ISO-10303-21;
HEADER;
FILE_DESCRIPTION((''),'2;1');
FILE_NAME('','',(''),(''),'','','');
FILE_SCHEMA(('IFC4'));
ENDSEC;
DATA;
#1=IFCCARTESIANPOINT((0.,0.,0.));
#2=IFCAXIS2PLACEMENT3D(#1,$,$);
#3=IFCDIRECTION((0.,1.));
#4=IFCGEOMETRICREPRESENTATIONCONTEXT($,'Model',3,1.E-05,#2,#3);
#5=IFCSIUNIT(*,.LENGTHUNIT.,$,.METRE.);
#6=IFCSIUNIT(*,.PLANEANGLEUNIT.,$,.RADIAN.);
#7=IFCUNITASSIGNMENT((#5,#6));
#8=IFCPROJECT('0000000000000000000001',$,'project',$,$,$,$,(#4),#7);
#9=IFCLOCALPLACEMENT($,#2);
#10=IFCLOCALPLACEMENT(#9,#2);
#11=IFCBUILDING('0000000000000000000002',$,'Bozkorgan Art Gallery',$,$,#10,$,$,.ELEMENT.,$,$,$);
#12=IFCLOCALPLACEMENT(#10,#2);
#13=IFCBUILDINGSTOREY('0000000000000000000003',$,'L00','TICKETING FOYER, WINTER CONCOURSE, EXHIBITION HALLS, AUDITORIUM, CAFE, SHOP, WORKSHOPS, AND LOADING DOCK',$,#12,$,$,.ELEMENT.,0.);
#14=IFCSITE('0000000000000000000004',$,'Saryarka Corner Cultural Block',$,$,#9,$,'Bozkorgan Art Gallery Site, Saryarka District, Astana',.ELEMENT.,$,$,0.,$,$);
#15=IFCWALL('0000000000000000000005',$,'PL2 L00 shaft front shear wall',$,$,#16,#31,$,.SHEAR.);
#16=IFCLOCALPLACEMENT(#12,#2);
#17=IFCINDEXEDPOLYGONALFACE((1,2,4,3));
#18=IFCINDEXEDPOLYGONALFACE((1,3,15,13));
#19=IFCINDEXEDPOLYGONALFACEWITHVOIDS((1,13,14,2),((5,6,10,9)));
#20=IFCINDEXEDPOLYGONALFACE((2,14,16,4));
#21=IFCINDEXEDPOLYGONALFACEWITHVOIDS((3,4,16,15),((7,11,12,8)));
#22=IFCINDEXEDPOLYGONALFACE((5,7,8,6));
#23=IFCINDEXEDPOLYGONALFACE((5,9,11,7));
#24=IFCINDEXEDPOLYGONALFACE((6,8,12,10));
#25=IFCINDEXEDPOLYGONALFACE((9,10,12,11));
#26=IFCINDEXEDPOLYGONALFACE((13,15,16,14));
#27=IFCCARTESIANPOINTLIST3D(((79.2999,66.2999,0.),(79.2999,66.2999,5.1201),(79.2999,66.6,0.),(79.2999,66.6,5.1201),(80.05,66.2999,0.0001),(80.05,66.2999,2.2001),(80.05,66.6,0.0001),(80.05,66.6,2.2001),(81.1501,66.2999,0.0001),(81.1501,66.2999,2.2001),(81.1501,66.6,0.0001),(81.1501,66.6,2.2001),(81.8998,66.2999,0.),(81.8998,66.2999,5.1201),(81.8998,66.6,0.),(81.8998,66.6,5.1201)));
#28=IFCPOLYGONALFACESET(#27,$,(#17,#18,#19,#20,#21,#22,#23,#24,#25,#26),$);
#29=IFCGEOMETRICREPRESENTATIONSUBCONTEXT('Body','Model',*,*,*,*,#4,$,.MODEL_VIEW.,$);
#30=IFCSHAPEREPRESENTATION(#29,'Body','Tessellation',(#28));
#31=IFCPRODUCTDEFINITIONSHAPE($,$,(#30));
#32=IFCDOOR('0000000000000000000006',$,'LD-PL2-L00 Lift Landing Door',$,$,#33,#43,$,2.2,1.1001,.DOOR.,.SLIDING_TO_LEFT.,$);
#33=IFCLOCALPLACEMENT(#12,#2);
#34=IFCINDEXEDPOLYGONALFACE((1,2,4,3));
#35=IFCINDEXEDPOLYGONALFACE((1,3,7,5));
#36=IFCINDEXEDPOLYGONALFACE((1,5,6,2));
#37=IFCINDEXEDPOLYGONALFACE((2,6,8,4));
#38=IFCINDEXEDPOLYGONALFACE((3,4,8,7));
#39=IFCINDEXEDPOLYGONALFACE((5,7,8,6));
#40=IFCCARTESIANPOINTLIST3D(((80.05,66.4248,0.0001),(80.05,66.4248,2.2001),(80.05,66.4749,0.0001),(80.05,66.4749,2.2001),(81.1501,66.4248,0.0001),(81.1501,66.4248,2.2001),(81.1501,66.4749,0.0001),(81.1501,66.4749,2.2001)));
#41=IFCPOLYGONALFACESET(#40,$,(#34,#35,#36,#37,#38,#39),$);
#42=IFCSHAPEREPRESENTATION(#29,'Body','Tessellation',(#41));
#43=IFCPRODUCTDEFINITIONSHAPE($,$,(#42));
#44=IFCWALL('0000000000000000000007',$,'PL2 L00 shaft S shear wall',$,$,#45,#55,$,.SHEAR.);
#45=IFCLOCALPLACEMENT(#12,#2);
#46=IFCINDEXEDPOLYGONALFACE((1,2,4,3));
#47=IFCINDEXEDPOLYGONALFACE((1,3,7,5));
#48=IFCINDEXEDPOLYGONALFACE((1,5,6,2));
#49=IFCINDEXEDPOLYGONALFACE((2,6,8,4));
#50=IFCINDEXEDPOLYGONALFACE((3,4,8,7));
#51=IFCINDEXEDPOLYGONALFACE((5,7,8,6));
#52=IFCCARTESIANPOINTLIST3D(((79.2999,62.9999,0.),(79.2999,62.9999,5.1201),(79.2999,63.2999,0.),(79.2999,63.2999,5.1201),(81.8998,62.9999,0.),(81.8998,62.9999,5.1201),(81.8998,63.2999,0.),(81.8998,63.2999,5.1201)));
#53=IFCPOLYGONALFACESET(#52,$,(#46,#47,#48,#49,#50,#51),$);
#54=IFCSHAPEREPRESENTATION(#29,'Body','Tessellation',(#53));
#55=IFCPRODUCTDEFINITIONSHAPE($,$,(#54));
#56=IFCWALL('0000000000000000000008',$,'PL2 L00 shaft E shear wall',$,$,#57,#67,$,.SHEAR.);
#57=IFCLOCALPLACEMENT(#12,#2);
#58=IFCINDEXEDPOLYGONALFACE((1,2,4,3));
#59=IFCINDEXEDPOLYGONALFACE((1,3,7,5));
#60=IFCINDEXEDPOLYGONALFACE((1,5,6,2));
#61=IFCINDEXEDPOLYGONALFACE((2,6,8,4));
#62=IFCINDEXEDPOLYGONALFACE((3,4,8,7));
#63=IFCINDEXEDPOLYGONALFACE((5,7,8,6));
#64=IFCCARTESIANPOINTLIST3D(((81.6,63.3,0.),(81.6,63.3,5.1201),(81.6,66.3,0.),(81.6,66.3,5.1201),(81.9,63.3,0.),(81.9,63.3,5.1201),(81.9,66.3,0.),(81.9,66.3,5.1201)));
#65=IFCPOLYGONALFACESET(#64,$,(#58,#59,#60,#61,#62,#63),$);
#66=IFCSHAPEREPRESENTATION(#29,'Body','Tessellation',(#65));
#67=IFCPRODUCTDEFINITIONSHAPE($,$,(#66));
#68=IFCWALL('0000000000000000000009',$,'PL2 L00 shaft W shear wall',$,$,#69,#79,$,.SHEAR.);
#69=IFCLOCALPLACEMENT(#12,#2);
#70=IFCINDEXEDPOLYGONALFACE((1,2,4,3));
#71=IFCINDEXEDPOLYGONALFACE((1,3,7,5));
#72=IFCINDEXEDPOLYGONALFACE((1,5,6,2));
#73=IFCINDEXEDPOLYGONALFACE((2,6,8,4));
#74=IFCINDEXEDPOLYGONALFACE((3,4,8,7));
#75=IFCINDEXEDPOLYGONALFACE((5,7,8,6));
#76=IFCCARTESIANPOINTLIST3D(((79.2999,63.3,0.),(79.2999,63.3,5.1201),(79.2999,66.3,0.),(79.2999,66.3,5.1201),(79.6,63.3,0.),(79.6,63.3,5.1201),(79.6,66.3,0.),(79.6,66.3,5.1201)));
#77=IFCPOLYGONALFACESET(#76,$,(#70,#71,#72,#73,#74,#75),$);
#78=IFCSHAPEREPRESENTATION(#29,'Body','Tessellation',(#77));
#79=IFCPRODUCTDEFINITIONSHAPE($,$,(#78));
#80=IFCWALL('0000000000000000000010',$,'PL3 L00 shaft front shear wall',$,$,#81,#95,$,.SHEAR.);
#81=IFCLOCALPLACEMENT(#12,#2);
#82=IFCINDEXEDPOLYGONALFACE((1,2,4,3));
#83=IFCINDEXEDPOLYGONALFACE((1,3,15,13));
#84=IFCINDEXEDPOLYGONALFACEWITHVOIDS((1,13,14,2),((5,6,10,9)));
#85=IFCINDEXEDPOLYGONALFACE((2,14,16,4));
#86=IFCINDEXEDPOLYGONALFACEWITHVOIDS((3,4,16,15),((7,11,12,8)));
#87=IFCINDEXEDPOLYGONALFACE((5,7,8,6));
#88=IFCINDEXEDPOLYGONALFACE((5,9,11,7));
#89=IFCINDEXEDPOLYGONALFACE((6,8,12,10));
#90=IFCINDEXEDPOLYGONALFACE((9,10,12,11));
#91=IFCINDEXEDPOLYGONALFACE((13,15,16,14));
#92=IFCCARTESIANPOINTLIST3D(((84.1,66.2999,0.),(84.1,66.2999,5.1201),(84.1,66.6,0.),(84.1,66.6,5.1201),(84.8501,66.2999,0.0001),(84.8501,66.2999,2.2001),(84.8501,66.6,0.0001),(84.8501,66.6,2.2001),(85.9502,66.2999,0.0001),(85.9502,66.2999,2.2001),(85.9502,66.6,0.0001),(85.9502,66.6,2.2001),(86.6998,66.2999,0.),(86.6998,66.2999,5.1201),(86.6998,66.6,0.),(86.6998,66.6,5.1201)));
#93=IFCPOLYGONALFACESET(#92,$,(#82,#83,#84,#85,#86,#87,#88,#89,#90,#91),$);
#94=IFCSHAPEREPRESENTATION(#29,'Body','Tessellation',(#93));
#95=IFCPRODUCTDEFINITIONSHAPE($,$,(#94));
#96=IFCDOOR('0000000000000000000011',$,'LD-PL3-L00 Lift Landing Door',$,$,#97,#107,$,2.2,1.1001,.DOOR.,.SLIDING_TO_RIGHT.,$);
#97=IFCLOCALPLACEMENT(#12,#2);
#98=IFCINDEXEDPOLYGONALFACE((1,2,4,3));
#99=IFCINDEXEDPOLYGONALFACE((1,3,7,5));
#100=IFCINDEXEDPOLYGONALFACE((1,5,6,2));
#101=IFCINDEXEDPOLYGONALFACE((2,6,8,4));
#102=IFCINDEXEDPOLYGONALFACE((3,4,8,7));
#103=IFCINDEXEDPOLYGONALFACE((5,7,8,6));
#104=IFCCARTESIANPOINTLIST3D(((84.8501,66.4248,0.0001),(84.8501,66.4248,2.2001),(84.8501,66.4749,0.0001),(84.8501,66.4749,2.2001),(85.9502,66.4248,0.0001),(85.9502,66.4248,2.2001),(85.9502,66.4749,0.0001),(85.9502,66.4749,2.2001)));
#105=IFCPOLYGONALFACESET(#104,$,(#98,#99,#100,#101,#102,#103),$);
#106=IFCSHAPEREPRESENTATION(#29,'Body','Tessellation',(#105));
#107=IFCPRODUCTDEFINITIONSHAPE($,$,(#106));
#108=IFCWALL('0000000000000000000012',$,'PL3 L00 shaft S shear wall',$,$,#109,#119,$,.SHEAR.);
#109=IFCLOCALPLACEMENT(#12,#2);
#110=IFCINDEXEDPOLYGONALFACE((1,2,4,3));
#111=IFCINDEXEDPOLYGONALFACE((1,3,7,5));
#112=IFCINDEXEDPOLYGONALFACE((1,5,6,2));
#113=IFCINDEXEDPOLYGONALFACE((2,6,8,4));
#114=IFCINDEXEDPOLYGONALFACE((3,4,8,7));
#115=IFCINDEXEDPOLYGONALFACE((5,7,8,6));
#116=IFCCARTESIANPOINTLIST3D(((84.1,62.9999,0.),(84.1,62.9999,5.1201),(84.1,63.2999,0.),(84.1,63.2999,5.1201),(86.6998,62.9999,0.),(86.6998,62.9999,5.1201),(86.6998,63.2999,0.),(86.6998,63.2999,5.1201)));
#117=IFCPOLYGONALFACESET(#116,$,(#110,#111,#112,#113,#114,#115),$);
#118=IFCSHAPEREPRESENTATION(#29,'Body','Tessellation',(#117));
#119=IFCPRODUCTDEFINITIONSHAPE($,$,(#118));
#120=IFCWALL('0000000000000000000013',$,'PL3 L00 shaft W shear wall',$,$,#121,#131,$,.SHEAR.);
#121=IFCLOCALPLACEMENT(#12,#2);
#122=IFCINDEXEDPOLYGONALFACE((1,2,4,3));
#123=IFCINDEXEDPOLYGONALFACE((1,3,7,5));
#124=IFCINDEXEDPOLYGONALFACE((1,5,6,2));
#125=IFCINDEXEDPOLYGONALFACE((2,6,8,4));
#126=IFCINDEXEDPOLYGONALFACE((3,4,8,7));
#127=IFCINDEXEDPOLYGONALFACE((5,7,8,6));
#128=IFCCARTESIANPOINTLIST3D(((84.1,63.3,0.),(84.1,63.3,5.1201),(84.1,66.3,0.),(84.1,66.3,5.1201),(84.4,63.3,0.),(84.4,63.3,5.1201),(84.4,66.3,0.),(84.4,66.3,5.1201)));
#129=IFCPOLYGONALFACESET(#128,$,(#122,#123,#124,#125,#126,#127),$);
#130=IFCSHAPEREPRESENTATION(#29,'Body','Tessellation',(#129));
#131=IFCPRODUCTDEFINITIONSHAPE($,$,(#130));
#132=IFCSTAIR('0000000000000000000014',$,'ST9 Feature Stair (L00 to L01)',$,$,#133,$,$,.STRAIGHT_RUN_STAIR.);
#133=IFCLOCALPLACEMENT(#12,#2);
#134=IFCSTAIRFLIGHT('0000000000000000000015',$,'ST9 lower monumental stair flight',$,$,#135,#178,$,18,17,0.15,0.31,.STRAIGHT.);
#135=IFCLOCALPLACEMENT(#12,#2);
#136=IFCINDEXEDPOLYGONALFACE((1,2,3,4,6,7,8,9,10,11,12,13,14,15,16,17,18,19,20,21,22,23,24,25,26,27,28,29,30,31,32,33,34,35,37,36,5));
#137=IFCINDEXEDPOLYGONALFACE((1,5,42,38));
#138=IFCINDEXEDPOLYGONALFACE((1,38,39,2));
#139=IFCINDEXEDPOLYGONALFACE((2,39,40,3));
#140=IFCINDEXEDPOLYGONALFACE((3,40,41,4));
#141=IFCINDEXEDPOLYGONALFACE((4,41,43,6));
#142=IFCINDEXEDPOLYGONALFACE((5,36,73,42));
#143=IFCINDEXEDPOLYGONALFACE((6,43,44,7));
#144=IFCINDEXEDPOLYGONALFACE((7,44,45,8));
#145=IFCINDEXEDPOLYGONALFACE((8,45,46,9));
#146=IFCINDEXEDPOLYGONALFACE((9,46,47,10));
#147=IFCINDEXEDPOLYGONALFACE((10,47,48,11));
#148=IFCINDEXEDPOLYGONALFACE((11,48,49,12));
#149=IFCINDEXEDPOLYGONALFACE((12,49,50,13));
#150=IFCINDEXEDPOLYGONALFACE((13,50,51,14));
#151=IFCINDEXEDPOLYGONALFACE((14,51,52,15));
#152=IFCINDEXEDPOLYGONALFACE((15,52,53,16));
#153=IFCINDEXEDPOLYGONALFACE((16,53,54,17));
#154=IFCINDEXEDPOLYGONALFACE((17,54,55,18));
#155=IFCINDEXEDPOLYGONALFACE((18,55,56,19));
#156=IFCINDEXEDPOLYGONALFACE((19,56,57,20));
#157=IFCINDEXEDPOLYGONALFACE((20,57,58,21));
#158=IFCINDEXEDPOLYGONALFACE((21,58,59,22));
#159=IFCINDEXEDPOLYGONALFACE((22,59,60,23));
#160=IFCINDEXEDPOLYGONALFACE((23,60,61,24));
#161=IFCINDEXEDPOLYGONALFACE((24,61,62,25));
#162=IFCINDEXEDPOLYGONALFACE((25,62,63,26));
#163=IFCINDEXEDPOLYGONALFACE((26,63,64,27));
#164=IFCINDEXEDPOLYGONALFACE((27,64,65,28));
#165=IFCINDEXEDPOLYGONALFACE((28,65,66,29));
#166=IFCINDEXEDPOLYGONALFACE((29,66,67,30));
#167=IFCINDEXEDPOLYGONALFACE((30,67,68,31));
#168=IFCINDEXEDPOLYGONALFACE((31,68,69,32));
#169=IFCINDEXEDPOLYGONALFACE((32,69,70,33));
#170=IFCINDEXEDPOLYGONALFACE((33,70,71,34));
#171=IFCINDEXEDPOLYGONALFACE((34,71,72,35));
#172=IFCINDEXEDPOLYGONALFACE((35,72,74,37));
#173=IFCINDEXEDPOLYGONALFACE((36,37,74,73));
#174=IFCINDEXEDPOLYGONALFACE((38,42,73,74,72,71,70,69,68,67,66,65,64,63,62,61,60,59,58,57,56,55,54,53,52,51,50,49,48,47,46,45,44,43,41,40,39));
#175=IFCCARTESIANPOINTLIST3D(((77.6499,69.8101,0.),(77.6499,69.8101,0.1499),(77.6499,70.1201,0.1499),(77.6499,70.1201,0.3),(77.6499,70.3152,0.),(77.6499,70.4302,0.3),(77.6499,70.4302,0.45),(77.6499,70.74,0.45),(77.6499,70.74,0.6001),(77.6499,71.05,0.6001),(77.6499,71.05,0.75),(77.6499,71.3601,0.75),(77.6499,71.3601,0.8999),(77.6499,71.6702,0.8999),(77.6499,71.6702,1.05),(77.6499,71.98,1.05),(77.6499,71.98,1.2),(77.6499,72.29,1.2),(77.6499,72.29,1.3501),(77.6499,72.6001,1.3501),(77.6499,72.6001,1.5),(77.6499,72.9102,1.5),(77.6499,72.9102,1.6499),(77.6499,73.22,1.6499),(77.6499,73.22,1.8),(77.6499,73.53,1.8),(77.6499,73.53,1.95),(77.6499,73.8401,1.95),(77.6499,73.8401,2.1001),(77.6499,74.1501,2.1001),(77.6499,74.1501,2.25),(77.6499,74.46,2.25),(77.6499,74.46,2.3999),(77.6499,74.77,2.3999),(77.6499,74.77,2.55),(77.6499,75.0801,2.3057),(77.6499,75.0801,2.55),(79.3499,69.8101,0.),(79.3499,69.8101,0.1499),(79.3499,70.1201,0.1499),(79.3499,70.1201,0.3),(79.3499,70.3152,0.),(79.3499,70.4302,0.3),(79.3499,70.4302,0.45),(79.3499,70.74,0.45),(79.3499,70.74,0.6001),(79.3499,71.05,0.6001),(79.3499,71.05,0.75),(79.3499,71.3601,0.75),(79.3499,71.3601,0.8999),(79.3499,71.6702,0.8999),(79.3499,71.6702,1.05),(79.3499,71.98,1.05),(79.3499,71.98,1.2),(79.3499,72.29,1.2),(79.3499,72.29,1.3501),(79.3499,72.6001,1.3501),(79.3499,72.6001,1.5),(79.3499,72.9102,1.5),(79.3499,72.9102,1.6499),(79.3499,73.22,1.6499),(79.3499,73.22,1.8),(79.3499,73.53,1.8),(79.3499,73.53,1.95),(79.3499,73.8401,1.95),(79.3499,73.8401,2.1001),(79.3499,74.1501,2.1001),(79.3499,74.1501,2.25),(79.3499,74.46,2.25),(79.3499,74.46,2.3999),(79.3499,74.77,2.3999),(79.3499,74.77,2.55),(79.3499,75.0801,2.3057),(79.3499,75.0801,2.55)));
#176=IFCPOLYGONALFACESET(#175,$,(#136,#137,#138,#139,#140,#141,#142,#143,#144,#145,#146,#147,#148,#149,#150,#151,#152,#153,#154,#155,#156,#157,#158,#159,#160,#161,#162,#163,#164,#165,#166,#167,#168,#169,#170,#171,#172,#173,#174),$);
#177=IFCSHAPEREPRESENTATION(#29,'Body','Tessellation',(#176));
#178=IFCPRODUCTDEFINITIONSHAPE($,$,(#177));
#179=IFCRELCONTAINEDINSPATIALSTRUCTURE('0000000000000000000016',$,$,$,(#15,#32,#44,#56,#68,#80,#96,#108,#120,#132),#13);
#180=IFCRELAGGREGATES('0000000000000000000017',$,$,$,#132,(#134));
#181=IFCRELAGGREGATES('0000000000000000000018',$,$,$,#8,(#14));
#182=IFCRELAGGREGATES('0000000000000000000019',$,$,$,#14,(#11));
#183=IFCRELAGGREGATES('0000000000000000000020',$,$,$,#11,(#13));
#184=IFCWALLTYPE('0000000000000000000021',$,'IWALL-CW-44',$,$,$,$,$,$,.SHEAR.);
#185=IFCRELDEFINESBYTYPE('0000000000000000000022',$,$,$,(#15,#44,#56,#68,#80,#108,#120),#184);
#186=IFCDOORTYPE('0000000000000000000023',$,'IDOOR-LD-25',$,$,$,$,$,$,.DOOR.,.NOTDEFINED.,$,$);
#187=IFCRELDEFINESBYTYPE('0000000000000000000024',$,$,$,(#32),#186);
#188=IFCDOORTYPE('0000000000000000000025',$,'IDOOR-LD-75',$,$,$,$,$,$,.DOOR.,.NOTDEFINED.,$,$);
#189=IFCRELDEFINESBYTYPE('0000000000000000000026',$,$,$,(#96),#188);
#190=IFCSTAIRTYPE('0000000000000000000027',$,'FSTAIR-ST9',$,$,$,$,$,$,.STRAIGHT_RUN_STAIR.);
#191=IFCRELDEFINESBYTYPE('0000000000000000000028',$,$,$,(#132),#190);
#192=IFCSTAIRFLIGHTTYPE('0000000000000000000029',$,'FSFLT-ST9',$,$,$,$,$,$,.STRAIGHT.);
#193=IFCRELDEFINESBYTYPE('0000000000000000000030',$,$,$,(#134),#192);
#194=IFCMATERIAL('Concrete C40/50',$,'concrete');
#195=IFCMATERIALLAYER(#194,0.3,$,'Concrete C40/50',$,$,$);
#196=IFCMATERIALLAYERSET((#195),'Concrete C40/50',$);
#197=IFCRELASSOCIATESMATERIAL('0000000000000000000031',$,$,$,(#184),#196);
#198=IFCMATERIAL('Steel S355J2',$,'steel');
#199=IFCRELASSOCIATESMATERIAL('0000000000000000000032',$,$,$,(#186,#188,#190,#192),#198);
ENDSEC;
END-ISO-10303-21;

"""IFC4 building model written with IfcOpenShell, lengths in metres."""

from ifc_helpers import new_model, si_unit, direction, frame, frame_2d, origin, place, context, subcontext, project, spatial, polyline, rectangle, outline, extrude, material, layer, layer_set, type_object, element, fill, aggregate, save


model = new_model("IFC4")

# Units and contexts
model_context = context("Model", 3, precision=1e-05, world=origin(), true_north=direction((0.0, 1.0)))
body_context = subcontext(model_context, "Body", "Model", "MODEL_VIEW")
ifc_project = project(units=[si_unit("LENGTHUNIT", "METRE"), si_unit("PLANEANGLEUNIT", "RADIAN")], contexts=[model_context])

# Site, building, storey
site_placement = place(None, origin())
site = spatial("IfcSite", under=ifc_project, at=site_placement, Name="Saryarka Corner Cultural Block", LongName="Bozkorgan Art Gallery Site, Saryarka District, Astana", CompositionType="ELEMENT", RefElevation=0.0)
building_placement = place(site_placement, origin())
building = spatial("IfcBuilding", under=site, at=building_placement, Name="Bozkorgan Art Gallery", CompositionType="ELEMENT")
storey_placement = place(building_placement, origin())
storey = spatial("IfcBuildingStorey", under=building, at=storey_placement, Name="L00", Description="TICKETING FOYER, WINTER CONCOURSE, EXHIBITION HALLS, AUDITORIUM, CAFE, SHOP, WORKSHOPS, AND LOADING DOCK", CompositionType="ELEMENT", Elevation=0.0)

# Shared definitions
ifc_material_1 = material(Name="Steel S355J2", Category="steel")
ifc_material_2 = material(Name="Concrete C40/50", Category="concrete")

# Wall, opening, door
ifc_layer = layer(ifc_material_2, 0.3, Name="Concrete C40/50")
ifc_layer_set = layer_set([ifc_layer], Name="Concrete C40/50")
wall_type = type_object("IfcWallType", Name="IWALL-CW-44", PredefinedType="SHEAR", material=ifc_layer_set)
wall_1_placement = place(storey_placement, frame((79.3, 66.45, 0.0), z_axis=(0.0, 0.0, 1.0), x_axis=(1.0, 0.0, 0.0)))
wall_1 = element("IfcWall", 1, at=wall_1_placement, inside=storey, type_object=wall_type, Name="PL2 L00 shaft front shear wall", PredefinedType="SHEAR", context=body_context, shape_type="SweptSolid", body=[
    extrude(rectangle(XDim=2.5999, YDim=0.3, at=frame_2d((1.2998, 0.0))), origin(), (0.0, 0.0, 1.0), 5.1201),
])
opening_1_placement = place(wall_1_placement, frame((0.75, 0.0, 0.0)))
opening_1 = element("IfcOpeningElement", 2, at=opening_1_placement, cuts=wall_1, PredefinedType="OPENING", context=body_context, shape_type="SweptSolid", body=[
    extrude(rectangle(XDim=1.1001, YDim=2.2, at=frame_2d((0.55, 1.1001))), frame((0.0, 0.1602, 0.0), z_axis=(0.0, -1.0, 0.0), x_axis=(1.0, 0.0, 0.0)), (0.0, 0.0, 1.0), 0.3201),
])
door_type_1 = type_object("IfcDoorType", Name="IDOOR-LD-25", OperationType="NOTDEFINED", PredefinedType="DOOR", material=ifc_material_1)
door_1_placement = place(opening_1_placement, origin())
door_1 = element("IfcDoor", 3, at=door_1_placement, inside=storey, type_object=door_type_1, Name="LD-PL2-L00 Lift Landing Door", OperationType="SLIDING_TO_LEFT", OverallHeight=2.2, OverallWidth=1.1001, PredefinedType="DOOR", context=body_context, shape_type="SweptSolid", body=[
    extrude(rectangle(XDim=1.1001, YDim=2.2, at=frame_2d((0.55, 1.1001))), frame((0.0, 0.0249, 0.0), z_axis=(0.0, -1.0, 0.0), x_axis=(1.0, 0.0, 0.0)), (0.0, 0.0, 1.0), 0.05),
])
fill(opening_1, door_1)

# Walls
wall_2_placement = place(storey_placement, frame((79.3, 63.1499, 0.0), z_axis=(0.0, 0.0, 1.0), x_axis=(1.0, 0.0, 0.0)))
element("IfcWall", 4, at=wall_2_placement, inside=storey, type_object=wall_type, Name="PL2 L00 shaft S shear wall", PredefinedType="SHEAR", context=body_context, shape_type="SweptSolid", body=[
    extrude(rectangle(XDim=2.5999, YDim=0.3, at=frame_2d((1.2998, 0.0))), origin(), (0.0, 0.0, 1.0), 5.1201),
])
for number, where, z_axis, x_axis, name in (
    (5, (81.75, 63.3, 0.0), (0.0, 0.0, 1.0), (0.0, 1.0, 0.0), "PL2 L00 shaft E shear wall"),
    (6, (79.45, 63.3, 0.0), (0.0, 0.0, 1.0), (0.0, 1.0, 0.0), "PL2 L00 shaft W shear wall"),
):
    element("IfcWall", number, at=place(storey_placement, frame(where, z_axis=z_axis, x_axis=x_axis)), inside=storey, type_object=wall_type, Name=name, PredefinedType="SHEAR", context=body_context, shape_type="SweptSolid", body=[
        extrude(rectangle(XDim=3.0, YDim=0.3, at=frame_2d((1.5, 0.0))), origin(), (0.0, 0.0, 1.0), 5.1201),
    ])

# Wall, opening, door
wall_3_placement = place(storey_placement, frame((84.1001, 66.45, 0.0), z_axis=(0.0, 0.0, 1.0), x_axis=(1.0, 0.0, 0.0)))
wall_3 = element("IfcWall", 7, at=wall_3_placement, inside=storey, type_object=wall_type, Name="PL3 L00 shaft front shear wall", PredefinedType="SHEAR", context=body_context, shape_type="SweptSolid", body=[
    extrude(rectangle(XDim=2.5999, YDim=0.3, at=frame_2d((1.2998, 0.0))), origin(), (0.0, 0.0, 1.0), 5.1201),
])
opening_2_placement = place(wall_3_placement, frame((0.75, 0.0, 0.0)))
opening_2 = element("IfcOpeningElement", 8, at=opening_2_placement, cuts=wall_3, PredefinedType="OPENING", context=body_context, shape_type="SweptSolid", body=[
    extrude(rectangle(XDim=1.1001, YDim=2.2, at=frame_2d((0.55, 1.1001))), frame((0.0, 0.1602, 0.0), z_axis=(0.0, -1.0, 0.0), x_axis=(1.0, 0.0, 0.0)), (0.0, 0.0, 1.0), 0.3201),
])
door_type_2 = type_object("IfcDoorType", Name="IDOOR-LD-75", OperationType="NOTDEFINED", PredefinedType="DOOR", material=ifc_material_1)
door_2_placement = place(opening_2_placement, origin())
door_2 = element("IfcDoor", 9, at=door_2_placement, inside=storey, type_object=door_type_2, Name="LD-PL3-L00 Lift Landing Door", OperationType="SLIDING_TO_RIGHT", OverallHeight=2.2, OverallWidth=1.1001, PredefinedType="DOOR", context=body_context, shape_type="SweptSolid", body=[
    extrude(rectangle(XDim=1.1001, YDim=2.2, at=frame_2d((0.55, 1.1001))), frame((0.0, 0.0249, 0.0), z_axis=(0.0, -1.0, 0.0), x_axis=(1.0, 0.0, 0.0)), (0.0, 0.0, 1.0), 0.05),
])
fill(opening_2, door_2)

# Walls
wall_4_placement = place(storey_placement, frame((84.1001, 63.1499, 0.0), z_axis=(0.0, 0.0, 1.0), x_axis=(1.0, 0.0, 0.0)))
element("IfcWall", 10, at=wall_4_placement, inside=storey, type_object=wall_type, Name="PL3 L00 shaft S shear wall", PredefinedType="SHEAR", context=body_context, shape_type="SweptSolid", body=[
    extrude(rectangle(XDim=2.5999, YDim=0.3, at=frame_2d((1.2998, 0.0))), origin(), (0.0, 0.0, 1.0), 5.1201),
])
wall_5_placement = place(storey_placement, frame((84.25, 63.3, 0.0), z_axis=(0.0, 0.0, 1.0), x_axis=(0.0, 1.0, 0.0)))
element("IfcWall", 11, at=wall_5_placement, inside=storey, type_object=wall_type, Name="PL3 L00 shaft W shear wall", PredefinedType="SHEAR", context=body_context, shape_type="SweptSolid", body=[
    extrude(rectangle(XDim=3.0, YDim=0.3, at=frame_2d((1.5, 0.0))), origin(), (0.0, 0.0, 1.0), 5.1201),
])

# Stair, stair flight
stair_type_1 = type_object("IfcStairType", Name="FSTAIR-ST9", PredefinedType="STRAIGHT_RUN_STAIR", material=ifc_material_1)
stair_1_placement = place(storey_placement, origin())
stair_1 = element("IfcStair", 12, at=stair_1_placement, inside=storey, type_object=stair_type_1, Name="ST9 Feature Stair (L00 to L01)", PredefinedType="STRAIGHT_RUN_STAIR")
stair_flight_type_1 = type_object("IfcStairFlightType", Name="FSFLT-ST9", PredefinedType="STRAIGHT", material=ifc_material_1)
stair_flight_1_placement = place(storey_placement, frame((78.5, 69.8101, 0.0), z_axis=(0.0, 0.0, 1.0), x_axis=(0.0, 1.0, 0.0)))
stair_flight_1 = element("IfcStairFlight", 13, at=stair_flight_1_placement, type_object=stair_flight_type_1, Name="ST9 lower monumental stair flight", NumberOfRisers=18, NumberOfTreads=17, PredefinedType="STRAIGHT", RiserHeight=0.15, TreadLength=0.31, context=body_context, shape_type="SweptSolid", body=[
    extrude(outline(polyline([(0.0, 0.0), (0.0, 0.1499), (0.3101, 0.1499), (0.3101, 0.3), (0.6201, 0.3), (0.6201, 0.45), (0.9299, 0.45), (0.9299, 0.6001), (1.24, 0.6001), (1.24, 0.75), (1.55, 0.75), (1.55, 0.8999), (1.8601, 0.8999), (1.8601, 1.05), (2.1699, 1.05), (2.1699, 1.2), (2.48, 1.2), (2.48, 1.3501), (2.79, 1.3501), (2.79, 1.5), (3.1001, 1.5), (3.1001, 1.6499), (3.4099, 1.6499), (3.4099, 1.8), (3.72, 1.8), (3.72, 1.95), (4.03, 1.95), (4.03, 2.1001), (4.3401, 2.1001), (4.3401, 2.25), (4.6499, 2.25), (4.6499, 2.3999), (4.96, 2.3999), (4.96, 2.55), (5.27, 2.55), (5.27, 2.7), (5.27, 2.3057), (0.5051, 0.0), (0.0, 0.0)])), frame((0.0, 0.8501, 0.0), z_axis=(0.0, -1.0, 0.0), x_axis=(1.0, 0.0, 0.0)), (0.0, 0.0, 1.0), 1.7),
])
aggregate(stair_1, [stair_flight_1])

save(model, "model.ifc")
